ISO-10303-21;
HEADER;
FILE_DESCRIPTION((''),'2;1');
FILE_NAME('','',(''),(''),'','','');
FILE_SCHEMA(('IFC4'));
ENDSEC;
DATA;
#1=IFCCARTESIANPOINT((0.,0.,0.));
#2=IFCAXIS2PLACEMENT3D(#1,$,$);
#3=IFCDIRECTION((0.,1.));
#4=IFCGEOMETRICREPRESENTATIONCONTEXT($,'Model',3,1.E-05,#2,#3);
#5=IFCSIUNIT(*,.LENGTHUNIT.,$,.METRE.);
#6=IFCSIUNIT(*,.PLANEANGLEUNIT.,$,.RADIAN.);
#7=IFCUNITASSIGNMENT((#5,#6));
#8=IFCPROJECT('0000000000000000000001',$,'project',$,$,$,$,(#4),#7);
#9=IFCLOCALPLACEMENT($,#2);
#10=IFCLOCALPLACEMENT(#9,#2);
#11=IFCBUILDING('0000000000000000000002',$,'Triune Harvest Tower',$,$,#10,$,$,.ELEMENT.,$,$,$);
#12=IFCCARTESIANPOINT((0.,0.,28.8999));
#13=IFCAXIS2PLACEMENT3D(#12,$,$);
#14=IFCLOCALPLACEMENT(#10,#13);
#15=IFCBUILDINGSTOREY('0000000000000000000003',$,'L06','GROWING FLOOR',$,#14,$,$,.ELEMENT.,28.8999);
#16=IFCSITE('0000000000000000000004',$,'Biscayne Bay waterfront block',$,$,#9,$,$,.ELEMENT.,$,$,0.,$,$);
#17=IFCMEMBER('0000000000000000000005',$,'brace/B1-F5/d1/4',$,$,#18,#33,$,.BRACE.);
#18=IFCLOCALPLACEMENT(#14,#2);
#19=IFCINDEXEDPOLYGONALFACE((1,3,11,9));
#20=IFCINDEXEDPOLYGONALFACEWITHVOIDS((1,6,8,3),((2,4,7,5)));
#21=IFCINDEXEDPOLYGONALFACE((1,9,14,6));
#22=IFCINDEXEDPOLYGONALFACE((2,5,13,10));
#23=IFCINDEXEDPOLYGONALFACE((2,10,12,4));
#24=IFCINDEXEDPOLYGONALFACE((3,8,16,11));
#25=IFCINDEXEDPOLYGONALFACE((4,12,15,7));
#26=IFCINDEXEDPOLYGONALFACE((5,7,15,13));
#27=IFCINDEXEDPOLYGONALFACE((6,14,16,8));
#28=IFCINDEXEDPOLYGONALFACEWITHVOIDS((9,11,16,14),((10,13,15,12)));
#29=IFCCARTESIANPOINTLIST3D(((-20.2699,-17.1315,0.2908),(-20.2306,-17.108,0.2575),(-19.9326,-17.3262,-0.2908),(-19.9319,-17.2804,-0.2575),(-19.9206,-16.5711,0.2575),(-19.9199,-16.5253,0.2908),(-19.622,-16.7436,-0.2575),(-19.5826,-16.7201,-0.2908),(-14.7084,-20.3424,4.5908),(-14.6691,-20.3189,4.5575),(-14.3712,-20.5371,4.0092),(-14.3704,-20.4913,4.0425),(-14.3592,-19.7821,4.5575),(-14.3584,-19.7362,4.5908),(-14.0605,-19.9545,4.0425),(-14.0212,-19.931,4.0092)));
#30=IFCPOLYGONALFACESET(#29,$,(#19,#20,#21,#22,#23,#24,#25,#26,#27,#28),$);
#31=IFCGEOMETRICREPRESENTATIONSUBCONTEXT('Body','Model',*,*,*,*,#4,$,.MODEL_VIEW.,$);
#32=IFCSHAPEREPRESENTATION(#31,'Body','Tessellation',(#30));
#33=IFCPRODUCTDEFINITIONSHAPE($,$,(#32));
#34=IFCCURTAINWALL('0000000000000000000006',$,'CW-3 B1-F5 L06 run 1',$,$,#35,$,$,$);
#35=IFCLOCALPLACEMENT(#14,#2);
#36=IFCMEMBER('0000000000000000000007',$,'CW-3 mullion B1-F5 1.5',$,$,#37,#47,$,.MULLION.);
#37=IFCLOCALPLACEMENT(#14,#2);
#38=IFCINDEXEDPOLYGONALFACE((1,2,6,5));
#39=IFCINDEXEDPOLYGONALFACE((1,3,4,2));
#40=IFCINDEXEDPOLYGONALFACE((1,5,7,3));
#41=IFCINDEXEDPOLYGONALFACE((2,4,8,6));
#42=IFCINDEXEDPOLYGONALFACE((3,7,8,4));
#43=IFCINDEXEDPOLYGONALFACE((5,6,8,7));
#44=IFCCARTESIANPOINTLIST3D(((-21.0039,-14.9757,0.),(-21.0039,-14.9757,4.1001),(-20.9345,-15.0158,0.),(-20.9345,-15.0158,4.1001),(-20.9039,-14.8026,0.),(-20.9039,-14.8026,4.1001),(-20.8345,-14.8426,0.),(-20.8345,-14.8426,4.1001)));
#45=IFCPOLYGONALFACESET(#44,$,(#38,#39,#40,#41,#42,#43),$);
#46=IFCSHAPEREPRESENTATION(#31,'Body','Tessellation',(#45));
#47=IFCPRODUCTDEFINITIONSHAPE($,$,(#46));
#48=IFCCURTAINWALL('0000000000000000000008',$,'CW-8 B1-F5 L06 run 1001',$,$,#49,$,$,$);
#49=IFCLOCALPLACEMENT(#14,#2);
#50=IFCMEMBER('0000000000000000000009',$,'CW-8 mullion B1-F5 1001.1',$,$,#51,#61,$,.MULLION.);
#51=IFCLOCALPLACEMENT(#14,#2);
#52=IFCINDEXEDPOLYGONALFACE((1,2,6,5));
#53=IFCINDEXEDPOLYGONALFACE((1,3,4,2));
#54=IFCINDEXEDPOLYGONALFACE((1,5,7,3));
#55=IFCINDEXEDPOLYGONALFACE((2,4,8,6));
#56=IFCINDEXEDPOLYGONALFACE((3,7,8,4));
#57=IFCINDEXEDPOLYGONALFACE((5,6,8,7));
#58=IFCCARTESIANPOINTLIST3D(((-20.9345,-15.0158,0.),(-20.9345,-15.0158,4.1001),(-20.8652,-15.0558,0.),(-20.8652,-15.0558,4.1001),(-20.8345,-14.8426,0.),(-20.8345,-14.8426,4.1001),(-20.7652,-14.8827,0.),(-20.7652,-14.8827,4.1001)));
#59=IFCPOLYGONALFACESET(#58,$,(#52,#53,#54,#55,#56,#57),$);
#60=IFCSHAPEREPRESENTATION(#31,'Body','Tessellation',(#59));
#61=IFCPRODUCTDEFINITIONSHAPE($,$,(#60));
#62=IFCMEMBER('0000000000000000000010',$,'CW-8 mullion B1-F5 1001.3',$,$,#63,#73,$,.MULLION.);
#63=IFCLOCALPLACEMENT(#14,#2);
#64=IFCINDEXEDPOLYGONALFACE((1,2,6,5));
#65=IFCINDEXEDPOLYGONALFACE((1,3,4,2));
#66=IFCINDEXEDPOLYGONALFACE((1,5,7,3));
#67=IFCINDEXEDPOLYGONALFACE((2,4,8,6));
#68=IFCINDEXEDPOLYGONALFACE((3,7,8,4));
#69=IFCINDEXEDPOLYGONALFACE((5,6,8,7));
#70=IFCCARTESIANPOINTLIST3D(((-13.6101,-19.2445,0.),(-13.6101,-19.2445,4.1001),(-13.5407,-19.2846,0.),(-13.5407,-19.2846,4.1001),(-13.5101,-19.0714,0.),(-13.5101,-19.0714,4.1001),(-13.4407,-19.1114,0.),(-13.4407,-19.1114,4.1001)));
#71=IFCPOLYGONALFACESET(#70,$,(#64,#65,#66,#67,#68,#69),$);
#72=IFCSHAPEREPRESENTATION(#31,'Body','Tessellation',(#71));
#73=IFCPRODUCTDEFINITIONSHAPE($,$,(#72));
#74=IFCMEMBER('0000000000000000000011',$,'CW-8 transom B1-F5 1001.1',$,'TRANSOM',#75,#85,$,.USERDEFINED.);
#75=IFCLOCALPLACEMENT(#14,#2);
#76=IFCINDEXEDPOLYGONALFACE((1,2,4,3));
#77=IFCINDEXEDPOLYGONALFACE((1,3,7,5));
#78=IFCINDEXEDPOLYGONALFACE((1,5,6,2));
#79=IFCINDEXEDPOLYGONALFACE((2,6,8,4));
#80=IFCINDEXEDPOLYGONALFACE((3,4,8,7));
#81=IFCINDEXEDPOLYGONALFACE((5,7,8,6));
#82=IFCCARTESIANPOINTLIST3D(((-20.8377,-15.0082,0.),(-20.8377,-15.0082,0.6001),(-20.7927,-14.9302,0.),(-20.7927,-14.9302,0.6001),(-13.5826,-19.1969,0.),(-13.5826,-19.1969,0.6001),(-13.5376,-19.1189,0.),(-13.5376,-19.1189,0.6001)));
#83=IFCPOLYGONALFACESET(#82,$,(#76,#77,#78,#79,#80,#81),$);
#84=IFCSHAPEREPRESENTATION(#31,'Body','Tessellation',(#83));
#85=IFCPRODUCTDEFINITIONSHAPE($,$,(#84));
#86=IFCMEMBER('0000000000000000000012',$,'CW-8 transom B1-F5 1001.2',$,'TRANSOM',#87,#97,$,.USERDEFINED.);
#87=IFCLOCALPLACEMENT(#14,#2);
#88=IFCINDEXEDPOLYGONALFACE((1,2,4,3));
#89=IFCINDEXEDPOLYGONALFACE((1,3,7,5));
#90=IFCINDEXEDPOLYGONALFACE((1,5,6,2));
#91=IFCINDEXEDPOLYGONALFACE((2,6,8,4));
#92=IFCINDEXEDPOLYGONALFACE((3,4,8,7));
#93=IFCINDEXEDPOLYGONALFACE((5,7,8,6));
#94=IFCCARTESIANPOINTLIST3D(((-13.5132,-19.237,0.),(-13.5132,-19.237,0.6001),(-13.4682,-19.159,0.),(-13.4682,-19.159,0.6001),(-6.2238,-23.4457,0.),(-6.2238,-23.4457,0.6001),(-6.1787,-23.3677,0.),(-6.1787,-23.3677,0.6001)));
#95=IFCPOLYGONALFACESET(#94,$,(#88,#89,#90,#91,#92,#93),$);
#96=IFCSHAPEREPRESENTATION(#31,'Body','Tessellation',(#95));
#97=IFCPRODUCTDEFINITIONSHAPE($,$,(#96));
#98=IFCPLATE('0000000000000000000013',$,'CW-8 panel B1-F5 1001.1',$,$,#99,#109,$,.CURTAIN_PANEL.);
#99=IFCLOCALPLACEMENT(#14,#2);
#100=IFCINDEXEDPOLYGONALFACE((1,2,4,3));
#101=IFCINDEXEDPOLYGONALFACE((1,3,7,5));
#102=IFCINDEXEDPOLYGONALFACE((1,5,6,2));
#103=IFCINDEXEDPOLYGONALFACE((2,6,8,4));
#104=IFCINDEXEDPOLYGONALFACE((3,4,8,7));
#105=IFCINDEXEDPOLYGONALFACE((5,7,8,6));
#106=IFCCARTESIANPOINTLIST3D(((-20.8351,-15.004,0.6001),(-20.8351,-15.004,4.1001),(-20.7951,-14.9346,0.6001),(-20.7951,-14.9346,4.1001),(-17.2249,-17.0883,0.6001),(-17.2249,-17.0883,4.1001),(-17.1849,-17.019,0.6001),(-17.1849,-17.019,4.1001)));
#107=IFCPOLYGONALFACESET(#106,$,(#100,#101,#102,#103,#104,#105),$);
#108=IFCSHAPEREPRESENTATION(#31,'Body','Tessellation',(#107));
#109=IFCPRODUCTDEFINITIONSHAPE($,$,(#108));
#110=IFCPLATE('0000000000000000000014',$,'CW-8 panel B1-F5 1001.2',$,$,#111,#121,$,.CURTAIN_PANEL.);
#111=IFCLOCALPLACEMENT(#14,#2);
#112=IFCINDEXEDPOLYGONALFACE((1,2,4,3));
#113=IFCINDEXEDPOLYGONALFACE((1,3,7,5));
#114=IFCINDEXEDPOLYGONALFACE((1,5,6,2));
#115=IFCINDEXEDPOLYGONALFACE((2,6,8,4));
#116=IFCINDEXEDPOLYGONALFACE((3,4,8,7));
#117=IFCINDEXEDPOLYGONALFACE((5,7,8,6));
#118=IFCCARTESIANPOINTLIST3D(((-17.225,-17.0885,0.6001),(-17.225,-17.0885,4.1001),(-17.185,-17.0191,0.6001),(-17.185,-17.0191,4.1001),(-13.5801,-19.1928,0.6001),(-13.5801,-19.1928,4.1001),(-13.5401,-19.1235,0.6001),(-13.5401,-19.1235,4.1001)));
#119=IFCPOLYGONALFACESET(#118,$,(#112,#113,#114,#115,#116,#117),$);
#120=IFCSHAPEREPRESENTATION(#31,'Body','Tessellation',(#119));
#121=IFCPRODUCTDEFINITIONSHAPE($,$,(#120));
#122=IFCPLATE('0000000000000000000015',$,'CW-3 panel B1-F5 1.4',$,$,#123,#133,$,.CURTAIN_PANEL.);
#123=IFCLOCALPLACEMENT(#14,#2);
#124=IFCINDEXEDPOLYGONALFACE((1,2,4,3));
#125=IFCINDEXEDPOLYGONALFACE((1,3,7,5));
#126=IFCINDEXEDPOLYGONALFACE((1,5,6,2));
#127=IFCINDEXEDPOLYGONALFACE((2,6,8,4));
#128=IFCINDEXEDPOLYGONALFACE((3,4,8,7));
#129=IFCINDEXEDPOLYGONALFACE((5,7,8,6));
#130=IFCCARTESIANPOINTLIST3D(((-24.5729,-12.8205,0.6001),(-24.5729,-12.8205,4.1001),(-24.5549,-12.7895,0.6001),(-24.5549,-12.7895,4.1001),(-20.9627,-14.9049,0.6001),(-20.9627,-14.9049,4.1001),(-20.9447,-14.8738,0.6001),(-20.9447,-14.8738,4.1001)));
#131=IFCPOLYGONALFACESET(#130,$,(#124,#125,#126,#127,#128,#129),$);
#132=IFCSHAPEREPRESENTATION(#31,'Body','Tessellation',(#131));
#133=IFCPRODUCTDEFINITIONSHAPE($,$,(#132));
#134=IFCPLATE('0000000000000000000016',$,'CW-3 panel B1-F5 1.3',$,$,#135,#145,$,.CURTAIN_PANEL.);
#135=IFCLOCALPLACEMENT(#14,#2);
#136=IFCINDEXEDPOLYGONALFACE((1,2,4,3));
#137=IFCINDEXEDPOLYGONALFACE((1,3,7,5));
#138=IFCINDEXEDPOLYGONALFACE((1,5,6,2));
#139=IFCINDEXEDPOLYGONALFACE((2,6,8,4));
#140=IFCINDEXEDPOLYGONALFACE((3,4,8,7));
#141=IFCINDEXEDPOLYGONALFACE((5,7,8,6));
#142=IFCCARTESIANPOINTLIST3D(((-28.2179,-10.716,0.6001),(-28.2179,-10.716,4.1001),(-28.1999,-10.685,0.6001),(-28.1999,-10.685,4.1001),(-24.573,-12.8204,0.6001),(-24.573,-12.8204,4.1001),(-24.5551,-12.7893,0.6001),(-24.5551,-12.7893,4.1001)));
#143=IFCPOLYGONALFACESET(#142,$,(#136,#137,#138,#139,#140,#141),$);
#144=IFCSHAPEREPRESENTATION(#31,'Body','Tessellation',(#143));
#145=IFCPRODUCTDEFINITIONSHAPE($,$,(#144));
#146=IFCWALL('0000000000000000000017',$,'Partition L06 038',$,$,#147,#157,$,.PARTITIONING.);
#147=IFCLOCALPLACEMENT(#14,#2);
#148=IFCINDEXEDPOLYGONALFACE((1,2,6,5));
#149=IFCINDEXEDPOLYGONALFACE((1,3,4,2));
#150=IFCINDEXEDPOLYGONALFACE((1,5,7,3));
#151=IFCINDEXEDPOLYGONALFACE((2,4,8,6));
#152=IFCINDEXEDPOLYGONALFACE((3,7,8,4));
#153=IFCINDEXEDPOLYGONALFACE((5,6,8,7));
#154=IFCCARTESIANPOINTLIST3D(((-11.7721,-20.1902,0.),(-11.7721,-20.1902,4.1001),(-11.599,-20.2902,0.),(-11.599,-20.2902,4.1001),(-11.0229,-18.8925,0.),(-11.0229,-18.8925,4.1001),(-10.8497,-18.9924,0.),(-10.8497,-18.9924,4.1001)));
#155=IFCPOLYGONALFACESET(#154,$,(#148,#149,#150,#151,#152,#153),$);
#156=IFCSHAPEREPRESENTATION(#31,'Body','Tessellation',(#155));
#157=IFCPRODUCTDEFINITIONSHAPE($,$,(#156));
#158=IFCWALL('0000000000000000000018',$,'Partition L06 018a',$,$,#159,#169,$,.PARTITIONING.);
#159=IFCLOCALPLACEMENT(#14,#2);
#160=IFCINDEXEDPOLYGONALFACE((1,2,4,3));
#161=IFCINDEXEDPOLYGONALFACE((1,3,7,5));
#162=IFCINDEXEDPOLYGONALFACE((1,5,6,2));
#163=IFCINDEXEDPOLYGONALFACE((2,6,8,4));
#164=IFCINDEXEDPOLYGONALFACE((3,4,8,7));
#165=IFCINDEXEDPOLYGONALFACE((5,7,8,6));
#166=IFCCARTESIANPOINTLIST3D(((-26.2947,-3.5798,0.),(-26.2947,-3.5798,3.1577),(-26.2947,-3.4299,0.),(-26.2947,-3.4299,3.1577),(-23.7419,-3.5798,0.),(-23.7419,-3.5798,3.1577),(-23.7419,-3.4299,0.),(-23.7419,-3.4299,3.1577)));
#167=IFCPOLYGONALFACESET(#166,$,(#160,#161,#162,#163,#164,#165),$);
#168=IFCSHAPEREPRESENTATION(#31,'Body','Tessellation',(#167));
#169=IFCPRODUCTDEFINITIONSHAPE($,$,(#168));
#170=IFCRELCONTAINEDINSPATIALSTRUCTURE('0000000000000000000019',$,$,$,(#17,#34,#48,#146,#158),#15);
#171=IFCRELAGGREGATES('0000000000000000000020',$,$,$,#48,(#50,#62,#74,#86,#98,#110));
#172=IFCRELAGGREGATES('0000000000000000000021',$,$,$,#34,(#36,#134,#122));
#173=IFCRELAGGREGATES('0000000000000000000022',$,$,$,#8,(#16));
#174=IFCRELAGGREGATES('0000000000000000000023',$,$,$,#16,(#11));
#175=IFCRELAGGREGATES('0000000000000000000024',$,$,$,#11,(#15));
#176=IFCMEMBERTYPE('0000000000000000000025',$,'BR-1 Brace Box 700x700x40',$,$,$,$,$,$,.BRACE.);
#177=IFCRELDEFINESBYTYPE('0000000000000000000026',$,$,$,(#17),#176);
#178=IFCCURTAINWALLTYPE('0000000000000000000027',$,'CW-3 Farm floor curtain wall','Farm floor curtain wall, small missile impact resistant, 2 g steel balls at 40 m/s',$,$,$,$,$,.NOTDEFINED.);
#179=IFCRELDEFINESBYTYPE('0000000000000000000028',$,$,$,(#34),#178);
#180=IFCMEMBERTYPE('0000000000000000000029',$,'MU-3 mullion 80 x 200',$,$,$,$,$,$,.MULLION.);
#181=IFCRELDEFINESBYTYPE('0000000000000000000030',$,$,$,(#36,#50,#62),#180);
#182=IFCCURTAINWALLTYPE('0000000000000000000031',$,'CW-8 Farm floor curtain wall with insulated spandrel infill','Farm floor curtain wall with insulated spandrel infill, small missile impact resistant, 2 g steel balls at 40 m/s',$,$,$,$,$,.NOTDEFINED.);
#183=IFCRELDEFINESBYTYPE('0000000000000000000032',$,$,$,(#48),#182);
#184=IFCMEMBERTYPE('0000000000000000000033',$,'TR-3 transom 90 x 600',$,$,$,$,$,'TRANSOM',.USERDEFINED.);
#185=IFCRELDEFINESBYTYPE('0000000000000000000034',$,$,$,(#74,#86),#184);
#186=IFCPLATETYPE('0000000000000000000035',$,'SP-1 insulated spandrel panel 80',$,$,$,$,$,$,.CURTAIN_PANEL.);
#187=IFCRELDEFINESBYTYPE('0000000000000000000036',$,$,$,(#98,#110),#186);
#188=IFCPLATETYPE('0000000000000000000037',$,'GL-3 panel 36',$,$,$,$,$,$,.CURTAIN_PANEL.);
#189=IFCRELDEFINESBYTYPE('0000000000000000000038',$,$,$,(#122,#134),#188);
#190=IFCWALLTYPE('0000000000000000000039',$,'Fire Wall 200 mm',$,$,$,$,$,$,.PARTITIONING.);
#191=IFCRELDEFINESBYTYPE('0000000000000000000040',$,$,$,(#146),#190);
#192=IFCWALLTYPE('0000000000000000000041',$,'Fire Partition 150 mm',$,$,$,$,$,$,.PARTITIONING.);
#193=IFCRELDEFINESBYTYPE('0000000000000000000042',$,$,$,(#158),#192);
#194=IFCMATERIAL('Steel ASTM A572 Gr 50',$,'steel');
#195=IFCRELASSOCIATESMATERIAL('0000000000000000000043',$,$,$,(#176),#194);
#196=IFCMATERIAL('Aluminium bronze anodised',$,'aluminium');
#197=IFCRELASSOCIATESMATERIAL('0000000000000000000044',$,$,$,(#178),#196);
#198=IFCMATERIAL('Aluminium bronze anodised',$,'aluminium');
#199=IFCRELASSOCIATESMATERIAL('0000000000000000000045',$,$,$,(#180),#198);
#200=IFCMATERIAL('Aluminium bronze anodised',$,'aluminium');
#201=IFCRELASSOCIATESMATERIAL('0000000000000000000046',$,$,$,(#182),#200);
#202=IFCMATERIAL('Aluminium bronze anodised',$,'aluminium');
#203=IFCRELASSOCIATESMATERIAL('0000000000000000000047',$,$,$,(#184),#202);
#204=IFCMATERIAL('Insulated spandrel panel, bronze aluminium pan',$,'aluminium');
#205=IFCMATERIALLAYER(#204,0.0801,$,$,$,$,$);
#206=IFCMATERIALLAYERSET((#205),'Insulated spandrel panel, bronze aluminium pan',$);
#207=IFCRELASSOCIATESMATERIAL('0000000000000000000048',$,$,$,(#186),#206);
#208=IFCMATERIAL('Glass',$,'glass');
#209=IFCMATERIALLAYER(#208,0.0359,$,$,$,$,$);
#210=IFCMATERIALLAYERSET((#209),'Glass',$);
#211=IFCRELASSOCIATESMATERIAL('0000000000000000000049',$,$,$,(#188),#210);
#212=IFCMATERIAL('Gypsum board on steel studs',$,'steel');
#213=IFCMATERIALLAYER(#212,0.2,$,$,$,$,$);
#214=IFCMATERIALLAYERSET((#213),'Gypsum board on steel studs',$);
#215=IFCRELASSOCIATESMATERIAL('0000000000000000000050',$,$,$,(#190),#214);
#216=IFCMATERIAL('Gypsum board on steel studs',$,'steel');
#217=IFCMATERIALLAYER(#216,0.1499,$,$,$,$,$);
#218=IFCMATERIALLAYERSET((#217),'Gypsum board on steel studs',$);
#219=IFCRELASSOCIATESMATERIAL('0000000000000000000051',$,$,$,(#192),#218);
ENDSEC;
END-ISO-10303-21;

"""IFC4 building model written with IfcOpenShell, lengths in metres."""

from ifc_helpers import new_model, si_unit, direction, frame, frame_2d, origin, origin_2d, place, context, subcontext, project, spatial, rectangle, hollow_rectangle, extrude, source, transform, mapped, material, layer, layer_set, material_profile, profile_set, type_object, element, aggregate, save


model = new_model("IFC4")

# Units and contexts
model_context = context("Model", 3, precision=1e-05, world=origin(), true_north=direction((0.0, 1.0)))
body_context = subcontext(model_context, "Body", "Model", "MODEL_VIEW")
ifc_project = project(units=[si_unit("LENGTHUNIT", "METRE"), si_unit("PLANEANGLEUNIT", "RADIAN")], contexts=[model_context])

# Site, building, storey
site_placement = place(None, origin())
site = spatial("IfcSite", under=ifc_project, at=site_placement, Name="Biscayne Bay waterfront block", CompositionType="ELEMENT", RefElevation=0.0)
building_placement = place(site_placement, origin())
building = spatial("IfcBuilding", under=site, at=building_placement, Name="Triune Harvest Tower", CompositionType="ELEMENT")
storey_placement = place(building_placement, frame((0.0, 0.0, 28.8999)))
storey = spatial("IfcBuildingStorey", under=building, at=storey_placement, Name="L06", Description="GROWING FLOOR", CompositionType="ELEMENT", Elevation=28.8999)

# Member
ifc_material_1 = material(Name="Steel ASTM A572 Gr 50", Category="steel")
ifc_material_profile_1 = material_profile(ifc_material_1, hollow_rectangle(XDim=0.7, YDim=0.7, WallThickness=0.04, at=origin_2d()), Name="Box 700x700x40")
ifc_profile_set_1 = profile_set([ifc_material_profile_1], Name="Steel ASTM A572 Gr 50")
member_type_1 = type_object("IfcMemberType", Name="BR-1 Brace Box 700x700x40", PredefinedType="BRACE", material=ifc_profile_set_1)
shared_shape_1 = source(origin(), body_context, "Body", "SweptSolid", [
    extrude(hollow_rectangle(XDim=0.7, YDim=0.7, WallThickness=0.04, at=origin_2d()), origin(), (0.0, 0.0, 1.0), 7.7285),
])
member_1_placement = place(storey_placement, frame((-19.9263, -16.9258, 0.0), z_axis=(0.719604, -0.415462, 0.556382), x_axis=(0.499999, 0.866026, 0.0)))
element("IfcMember", 1, at=member_1_placement, inside=storey, type_object=member_type_1, Name="brace/B1-F5/d1/4", PredefinedType="BRACE", context=body_context, shape_type="MappedRepresentation", body=[
    mapped(shared_shape_1, transform((0.0, 0.0, 0.0), scale=1.0)),
])

# Curtain wall, member
ifc_material_2 = material(Name="Aluminium bronze anodised", Category="aluminium")
curtain_wall_type_1 = type_object("IfcCurtainWallType", Name="CW-3 Farm floor curtain wall", Description="Farm floor curtain wall, small missile impact resistant, 2 g steel balls at 40 m/s", PredefinedType="NOTDEFINED", material=ifc_material_2)
curtain_wall_1_placement = place(storey_placement, origin())
curtain_wall_1 = element("IfcCurtainWall", 2, at=curtain_wall_1_placement, inside=storey, type_object=curtain_wall_type_1, Name="CW-3 B1-F5 L06 run 1")
ifc_material_3 = material(Name="Aluminium bronze anodised", Category="aluminium")
ifc_material_profile_2 = material_profile(ifc_material_3, rectangle(XDim=0.2, YDim=0.0801, at=origin_2d()), Name="MU-3 mullion 80 x 200")
ifc_profile_set_2 = profile_set([ifc_material_profile_2], Name="Aluminium bronze anodised")
member_type_2 = type_object("IfcMemberType", Name="MU-3 mullion 80 x 200", PredefinedType="MULLION", material=ifc_profile_set_2)
shared_shape_2 = source(origin(), body_context, "Body", "SweptSolid", [
    extrude(rectangle(XDim=0.2, YDim=0.0801, at=origin_2d()), origin(), (0.0, 0.0, 1.0), 4.1001),
])
member_2_placement = place(storey_placement, frame((-20.9192, -14.9092, 0.0), z_axis=(0.0, 0.0, 1.0), x_axis=(0.500001, 0.866025, 0.0)))
member_2 = element("IfcMember", 3, at=member_2_placement, type_object=member_type_2, Name="CW-3 mullion B1-F5 1.5", PredefinedType="MULLION", context=body_context, shape_type="MappedRepresentation", body=[
    mapped(shared_shape_2, transform((0.0, 0.0, 0.0), scale=1.0)),
])

# Curtain wall, members, plates
ifc_material_4 = material(Name="Aluminium bronze anodised", Category="aluminium")
curtain_wall_type_2 = type_object("IfcCurtainWallType", Name="CW-8 Farm floor curtain wall with insulated spandrel infill", Description="Farm floor curtain wall with insulated spandrel infill, small missile impact resistant, 2 g steel balls at 40 m/s", PredefinedType="NOTDEFINED", material=ifc_material_4)
curtain_wall_2_placement = place(storey_placement, origin())
curtain_wall_2 = element("IfcCurtainWall", 4, at=curtain_wall_2_placement, inside=storey, type_object=curtain_wall_type_2, Name="CW-8 B1-F5 L06 run 1001")
member_3_placement = place(storey_placement, frame((-20.8499, -14.9492, 0.0), z_axis=(0.0, 0.0, 1.0), x_axis=(0.499998, 0.866027, 0.0)))
member_3 = element("IfcMember", 5, at=member_3_placement, type_object=member_type_2, Name="CW-8 mullion B1-F5 1001.1", PredefinedType="MULLION", context=body_context, shape_type="MappedRepresentation", body=[
    mapped(shared_shape_2, transform((0.0, 0.0, 0.0), scale=1.0)),
])
member_4_placement = place(storey_placement, frame((-13.5254, -19.178, 0.0), z_axis=(0.0, 0.0, 1.0), x_axis=(0.499998, 0.866027, 0.0)))
member_4 = element("IfcMember", 6, at=member_4_placement, type_object=member_type_2, Name="CW-8 mullion B1-F5 1001.3", PredefinedType="MULLION", context=body_context, shape_type="MappedRepresentation", body=[
    mapped(shared_shape_2, transform((0.0, 0.0, 0.0), scale=1.0)),
])
ifc_material_5 = material(Name="Aluminium bronze anodised", Category="aluminium")
ifc_material_profile_3 = material_profile(ifc_material_5, rectangle(XDim=0.0901, YDim=0.6001, at=origin_2d()), Name="TR-3 transom 90 x 600")
ifc_profile_set_3 = profile_set([ifc_material_profile_3], Name="Aluminium bronze anodised")
member_type_3 = type_object("IfcMemberType", Name="TR-3 transom 90 x 600", ElementType="TRANSOM", PredefinedType="USERDEFINED", material=ifc_profile_set_3)
shared_shape_3 = source(origin(), body_context, "Body", "SweptSolid", [
    extrude(rectangle(XDim=0.0901, YDim=0.6001, at=origin_2d()), origin(), (0.0, 0.0, 1.0), 8.3774),
])
member_5_placement = place(storey_placement, frame((-20.8152, -14.9692, 0.3), z_axis=(0.866027, -0.499997, 0.0), x_axis=(0.499997, 0.866027, 0.0)))
member_5 = element("IfcMember", 7, at=member_5_placement, type_object=member_type_3, Name="CW-8 transom B1-F5 1001.1", ObjectType="TRANSOM", PredefinedType="USERDEFINED", context=body_context, shape_type="MappedRepresentation", body=[
    mapped(shared_shape_3, transform((0.0, 0.0, 0.0), scale=1.0)),
])
shared_shape_4 = source(origin(), body_context, "Body", "SweptSolid", [
    extrude(rectangle(XDim=0.0901, YDim=0.6001, at=origin_2d()), origin(), (0.0, 0.0, 1.0), 8.4172),
])
member_6_placement = place(storey_placement, frame((-13.4907, -19.198, 0.3), z_axis=(0.866019, -0.50001, 0.0), x_axis=(0.50001, 0.866019, 0.0)))
member_6 = element("IfcMember", 8, at=member_6_placement, type_object=member_type_3, Name="CW-8 transom B1-F5 1001.2", ObjectType="TRANSOM", PredefinedType="USERDEFINED", context=body_context, shape_type="MappedRepresentation", body=[
    mapped(shared_shape_4, transform((0.0, 0.0, 0.0), scale=1.0)),
])
ifc_material_6 = material(Name="Insulated spandrel panel, bronze aluminium pan", Category="aluminium")
ifc_layer_1 = layer(ifc_material_6, 0.0801)
ifc_layer_set_1 = layer_set([ifc_layer_1], Name="Insulated spandrel panel, bronze aluminium pan")
plate_type_1 = type_object("IfcPlateType", Name="SP-1 insulated spandrel panel 80", PredefinedType="CURTAIN_PANEL", material=ifc_layer_set_1)
shared_shape_5 = source(origin(), body_context, "Body", "SweptSolid", [
    extrude(rectangle(XDim=4.1687, YDim=0.0801, at=origin_2d()), origin(), (0.0, 0.0, 1.0), 3.5),
])
plate_1_placement = place(storey_placement, frame((-19.01, -16.0115, 0.6001), z_axis=(0.0, 0.0, 1.0), x_axis=(0.866027, -0.499998, 0.0)))
plate_1 = element("IfcPlate", 9, at=plate_1_placement, type_object=plate_type_1, Name="CW-8 panel B1-F5 1001.1", PredefinedType="CURTAIN_PANEL", context=body_context, shape_type="MappedRepresentation", body=[
    mapped(shared_shape_5, transform((0.0, 0.0, 0.0), scale=1.0)),
])
shared_shape_6 = source(origin(), body_context, "Body", "SweptSolid", [
    extrude(rectangle(XDim=4.2087, YDim=0.0801, at=origin_2d()), origin(), (0.0, 0.0, 1.0), 3.5),
])
plate_2_placement = place(storey_placement, frame((-15.3826, -18.106, 0.6001), z_axis=(0.0, 0.0, 1.0), x_axis=(0.866027, -0.499998, 0.0)))
plate_2 = element("IfcPlate", 10, at=plate_2_placement, type_object=plate_type_1, Name="CW-8 panel B1-F5 1001.2", PredefinedType="CURTAIN_PANEL", context=body_context, shape_type="MappedRepresentation", body=[
    mapped(shared_shape_6, transform((0.0, 0.0, 0.0), scale=1.0)),
])
aggregate(curtain_wall_2, [member_3, member_4, member_5, member_6, plate_1, plate_2])

# Plates
ifc_material_7 = material(Name="Glass", Category="glass")
ifc_layer_2 = layer(ifc_material_7, 0.0359)
ifc_layer_set_2 = layer_set([ifc_layer_2], Name="Glass")
plate_type_2 = type_object("IfcPlateType", Name="GL-3 panel 36", PredefinedType="CURTAIN_PANEL", material=ifc_layer_set_2)
shared_shape_7 = source(origin(), body_context, "Body", "SweptSolid", [
    extrude(rectangle(XDim=4.1687, YDim=0.0359, at=origin_2d()), origin(), (0.0, 0.0, 1.0), 3.5),
])
plate_3_placement = place(storey_placement, frame((-22.7588, -13.8472, 0.6001), z_axis=(0.0, 0.0, 1.0), x_axis=(0.866025, -0.500001, 0.0)))
plate_3 = element("IfcPlate", 11, at=plate_3_placement, type_object=plate_type_2, Name="CW-3 panel B1-F5 1.4", PredefinedType="CURTAIN_PANEL", context=body_context, shape_type="MappedRepresentation", body=[
    mapped(shared_shape_7, transform((0.0, 0.0, 0.0), scale=1.0)),
])
shared_shape_8 = source(origin(), body_context, "Body", "SweptSolid", [
    extrude(rectangle(XDim=4.2087, YDim=0.0359, at=origin_2d()), origin(), (0.0, 0.0, 1.0), 3.5),
])
plate_4_placement = place(storey_placement, frame((-26.3865, -11.7527, 0.6001), z_axis=(0.0, 0.0, 1.0), x_axis=(0.866025, -0.500001, 0.0)))
plate_4 = element("IfcPlate", 12, at=plate_4_placement, type_object=plate_type_2, Name="CW-3 panel B1-F5 1.3", PredefinedType="CURTAIN_PANEL", context=body_context, shape_type="MappedRepresentation", body=[
    mapped(shared_shape_8, transform((0.0, 0.0, 0.0), scale=1.0)),
])
aggregate(curtain_wall_1, [member_2, plate_4, plate_3])

# Walls
ifc_material_8 = material(Name="Gypsum board on steel studs", Category="steel")
ifc_layer_3 = layer(ifc_material_8, 0.2)
ifc_layer_set_3 = layer_set([ifc_layer_3], Name="Gypsum board on steel studs")
wall_type_1 = type_object("IfcWallType", Name="Fire Wall 200 mm", PredefinedType="PARTITIONING", material=ifc_layer_set_3)
shared_shape_9 = source(origin(), body_context, "Body", "SweptSolid", [
    extrude(rectangle(XDim=1.4985, YDim=0.2, at=frame_2d((0.7493, 0.0))), origin(), (0.0, 0.0, 1.0), 4.1001),
])
wall_1_placement = place(storey_placement, frame((-11.6855, -20.2402, 0.0), z_axis=(0.0, 0.0, 1.0), x_axis=(0.499976, 0.866039, 0.0)))
element("IfcWall", 13, at=wall_1_placement, inside=storey, type_object=wall_type_1, Name="Partition L06 038", PredefinedType="PARTITIONING", context=body_context, shape_type="MappedRepresentation", body=[
    mapped(shared_shape_9, transform((0.0, 0.0, 0.0), scale=1.0)),
])
ifc_material_9 = material(Name="Gypsum board on steel studs", Category="steel")
ifc_layer_4 = layer(ifc_material_9, 0.1499)
ifc_layer_set_4 = layer_set([ifc_layer_4], Name="Gypsum board on steel studs")
wall_type_2 = type_object("IfcWallType", Name="Fire Partition 150 mm", PredefinedType="PARTITIONING", material=ifc_layer_set_4)
shared_shape_10 = source(origin(), body_context, "Body", "SweptSolid", [
    extrude(rectangle(XDim=2.5527, YDim=0.1499, at=frame_2d((1.2764, 0.0))), origin(), (0.0, 0.0, 1.0), 3.1577),
])
wall_2_placement = place(storey_placement, frame((-26.2947, -3.5049, 0.0), z_axis=(0.0, 0.0, 1.0), x_axis=(1.0, 0.0, 0.0)))
element("IfcWall", 14, at=wall_2_placement, inside=storey, type_object=wall_type_2, Name="Partition L06 018a", PredefinedType="PARTITIONING", context=body_context, shape_type="MappedRepresentation", body=[
    mapped(shared_shape_10, transform((0.0, 0.0, 0.0), scale=1.0)),
])

save(model, "model.ifc")
